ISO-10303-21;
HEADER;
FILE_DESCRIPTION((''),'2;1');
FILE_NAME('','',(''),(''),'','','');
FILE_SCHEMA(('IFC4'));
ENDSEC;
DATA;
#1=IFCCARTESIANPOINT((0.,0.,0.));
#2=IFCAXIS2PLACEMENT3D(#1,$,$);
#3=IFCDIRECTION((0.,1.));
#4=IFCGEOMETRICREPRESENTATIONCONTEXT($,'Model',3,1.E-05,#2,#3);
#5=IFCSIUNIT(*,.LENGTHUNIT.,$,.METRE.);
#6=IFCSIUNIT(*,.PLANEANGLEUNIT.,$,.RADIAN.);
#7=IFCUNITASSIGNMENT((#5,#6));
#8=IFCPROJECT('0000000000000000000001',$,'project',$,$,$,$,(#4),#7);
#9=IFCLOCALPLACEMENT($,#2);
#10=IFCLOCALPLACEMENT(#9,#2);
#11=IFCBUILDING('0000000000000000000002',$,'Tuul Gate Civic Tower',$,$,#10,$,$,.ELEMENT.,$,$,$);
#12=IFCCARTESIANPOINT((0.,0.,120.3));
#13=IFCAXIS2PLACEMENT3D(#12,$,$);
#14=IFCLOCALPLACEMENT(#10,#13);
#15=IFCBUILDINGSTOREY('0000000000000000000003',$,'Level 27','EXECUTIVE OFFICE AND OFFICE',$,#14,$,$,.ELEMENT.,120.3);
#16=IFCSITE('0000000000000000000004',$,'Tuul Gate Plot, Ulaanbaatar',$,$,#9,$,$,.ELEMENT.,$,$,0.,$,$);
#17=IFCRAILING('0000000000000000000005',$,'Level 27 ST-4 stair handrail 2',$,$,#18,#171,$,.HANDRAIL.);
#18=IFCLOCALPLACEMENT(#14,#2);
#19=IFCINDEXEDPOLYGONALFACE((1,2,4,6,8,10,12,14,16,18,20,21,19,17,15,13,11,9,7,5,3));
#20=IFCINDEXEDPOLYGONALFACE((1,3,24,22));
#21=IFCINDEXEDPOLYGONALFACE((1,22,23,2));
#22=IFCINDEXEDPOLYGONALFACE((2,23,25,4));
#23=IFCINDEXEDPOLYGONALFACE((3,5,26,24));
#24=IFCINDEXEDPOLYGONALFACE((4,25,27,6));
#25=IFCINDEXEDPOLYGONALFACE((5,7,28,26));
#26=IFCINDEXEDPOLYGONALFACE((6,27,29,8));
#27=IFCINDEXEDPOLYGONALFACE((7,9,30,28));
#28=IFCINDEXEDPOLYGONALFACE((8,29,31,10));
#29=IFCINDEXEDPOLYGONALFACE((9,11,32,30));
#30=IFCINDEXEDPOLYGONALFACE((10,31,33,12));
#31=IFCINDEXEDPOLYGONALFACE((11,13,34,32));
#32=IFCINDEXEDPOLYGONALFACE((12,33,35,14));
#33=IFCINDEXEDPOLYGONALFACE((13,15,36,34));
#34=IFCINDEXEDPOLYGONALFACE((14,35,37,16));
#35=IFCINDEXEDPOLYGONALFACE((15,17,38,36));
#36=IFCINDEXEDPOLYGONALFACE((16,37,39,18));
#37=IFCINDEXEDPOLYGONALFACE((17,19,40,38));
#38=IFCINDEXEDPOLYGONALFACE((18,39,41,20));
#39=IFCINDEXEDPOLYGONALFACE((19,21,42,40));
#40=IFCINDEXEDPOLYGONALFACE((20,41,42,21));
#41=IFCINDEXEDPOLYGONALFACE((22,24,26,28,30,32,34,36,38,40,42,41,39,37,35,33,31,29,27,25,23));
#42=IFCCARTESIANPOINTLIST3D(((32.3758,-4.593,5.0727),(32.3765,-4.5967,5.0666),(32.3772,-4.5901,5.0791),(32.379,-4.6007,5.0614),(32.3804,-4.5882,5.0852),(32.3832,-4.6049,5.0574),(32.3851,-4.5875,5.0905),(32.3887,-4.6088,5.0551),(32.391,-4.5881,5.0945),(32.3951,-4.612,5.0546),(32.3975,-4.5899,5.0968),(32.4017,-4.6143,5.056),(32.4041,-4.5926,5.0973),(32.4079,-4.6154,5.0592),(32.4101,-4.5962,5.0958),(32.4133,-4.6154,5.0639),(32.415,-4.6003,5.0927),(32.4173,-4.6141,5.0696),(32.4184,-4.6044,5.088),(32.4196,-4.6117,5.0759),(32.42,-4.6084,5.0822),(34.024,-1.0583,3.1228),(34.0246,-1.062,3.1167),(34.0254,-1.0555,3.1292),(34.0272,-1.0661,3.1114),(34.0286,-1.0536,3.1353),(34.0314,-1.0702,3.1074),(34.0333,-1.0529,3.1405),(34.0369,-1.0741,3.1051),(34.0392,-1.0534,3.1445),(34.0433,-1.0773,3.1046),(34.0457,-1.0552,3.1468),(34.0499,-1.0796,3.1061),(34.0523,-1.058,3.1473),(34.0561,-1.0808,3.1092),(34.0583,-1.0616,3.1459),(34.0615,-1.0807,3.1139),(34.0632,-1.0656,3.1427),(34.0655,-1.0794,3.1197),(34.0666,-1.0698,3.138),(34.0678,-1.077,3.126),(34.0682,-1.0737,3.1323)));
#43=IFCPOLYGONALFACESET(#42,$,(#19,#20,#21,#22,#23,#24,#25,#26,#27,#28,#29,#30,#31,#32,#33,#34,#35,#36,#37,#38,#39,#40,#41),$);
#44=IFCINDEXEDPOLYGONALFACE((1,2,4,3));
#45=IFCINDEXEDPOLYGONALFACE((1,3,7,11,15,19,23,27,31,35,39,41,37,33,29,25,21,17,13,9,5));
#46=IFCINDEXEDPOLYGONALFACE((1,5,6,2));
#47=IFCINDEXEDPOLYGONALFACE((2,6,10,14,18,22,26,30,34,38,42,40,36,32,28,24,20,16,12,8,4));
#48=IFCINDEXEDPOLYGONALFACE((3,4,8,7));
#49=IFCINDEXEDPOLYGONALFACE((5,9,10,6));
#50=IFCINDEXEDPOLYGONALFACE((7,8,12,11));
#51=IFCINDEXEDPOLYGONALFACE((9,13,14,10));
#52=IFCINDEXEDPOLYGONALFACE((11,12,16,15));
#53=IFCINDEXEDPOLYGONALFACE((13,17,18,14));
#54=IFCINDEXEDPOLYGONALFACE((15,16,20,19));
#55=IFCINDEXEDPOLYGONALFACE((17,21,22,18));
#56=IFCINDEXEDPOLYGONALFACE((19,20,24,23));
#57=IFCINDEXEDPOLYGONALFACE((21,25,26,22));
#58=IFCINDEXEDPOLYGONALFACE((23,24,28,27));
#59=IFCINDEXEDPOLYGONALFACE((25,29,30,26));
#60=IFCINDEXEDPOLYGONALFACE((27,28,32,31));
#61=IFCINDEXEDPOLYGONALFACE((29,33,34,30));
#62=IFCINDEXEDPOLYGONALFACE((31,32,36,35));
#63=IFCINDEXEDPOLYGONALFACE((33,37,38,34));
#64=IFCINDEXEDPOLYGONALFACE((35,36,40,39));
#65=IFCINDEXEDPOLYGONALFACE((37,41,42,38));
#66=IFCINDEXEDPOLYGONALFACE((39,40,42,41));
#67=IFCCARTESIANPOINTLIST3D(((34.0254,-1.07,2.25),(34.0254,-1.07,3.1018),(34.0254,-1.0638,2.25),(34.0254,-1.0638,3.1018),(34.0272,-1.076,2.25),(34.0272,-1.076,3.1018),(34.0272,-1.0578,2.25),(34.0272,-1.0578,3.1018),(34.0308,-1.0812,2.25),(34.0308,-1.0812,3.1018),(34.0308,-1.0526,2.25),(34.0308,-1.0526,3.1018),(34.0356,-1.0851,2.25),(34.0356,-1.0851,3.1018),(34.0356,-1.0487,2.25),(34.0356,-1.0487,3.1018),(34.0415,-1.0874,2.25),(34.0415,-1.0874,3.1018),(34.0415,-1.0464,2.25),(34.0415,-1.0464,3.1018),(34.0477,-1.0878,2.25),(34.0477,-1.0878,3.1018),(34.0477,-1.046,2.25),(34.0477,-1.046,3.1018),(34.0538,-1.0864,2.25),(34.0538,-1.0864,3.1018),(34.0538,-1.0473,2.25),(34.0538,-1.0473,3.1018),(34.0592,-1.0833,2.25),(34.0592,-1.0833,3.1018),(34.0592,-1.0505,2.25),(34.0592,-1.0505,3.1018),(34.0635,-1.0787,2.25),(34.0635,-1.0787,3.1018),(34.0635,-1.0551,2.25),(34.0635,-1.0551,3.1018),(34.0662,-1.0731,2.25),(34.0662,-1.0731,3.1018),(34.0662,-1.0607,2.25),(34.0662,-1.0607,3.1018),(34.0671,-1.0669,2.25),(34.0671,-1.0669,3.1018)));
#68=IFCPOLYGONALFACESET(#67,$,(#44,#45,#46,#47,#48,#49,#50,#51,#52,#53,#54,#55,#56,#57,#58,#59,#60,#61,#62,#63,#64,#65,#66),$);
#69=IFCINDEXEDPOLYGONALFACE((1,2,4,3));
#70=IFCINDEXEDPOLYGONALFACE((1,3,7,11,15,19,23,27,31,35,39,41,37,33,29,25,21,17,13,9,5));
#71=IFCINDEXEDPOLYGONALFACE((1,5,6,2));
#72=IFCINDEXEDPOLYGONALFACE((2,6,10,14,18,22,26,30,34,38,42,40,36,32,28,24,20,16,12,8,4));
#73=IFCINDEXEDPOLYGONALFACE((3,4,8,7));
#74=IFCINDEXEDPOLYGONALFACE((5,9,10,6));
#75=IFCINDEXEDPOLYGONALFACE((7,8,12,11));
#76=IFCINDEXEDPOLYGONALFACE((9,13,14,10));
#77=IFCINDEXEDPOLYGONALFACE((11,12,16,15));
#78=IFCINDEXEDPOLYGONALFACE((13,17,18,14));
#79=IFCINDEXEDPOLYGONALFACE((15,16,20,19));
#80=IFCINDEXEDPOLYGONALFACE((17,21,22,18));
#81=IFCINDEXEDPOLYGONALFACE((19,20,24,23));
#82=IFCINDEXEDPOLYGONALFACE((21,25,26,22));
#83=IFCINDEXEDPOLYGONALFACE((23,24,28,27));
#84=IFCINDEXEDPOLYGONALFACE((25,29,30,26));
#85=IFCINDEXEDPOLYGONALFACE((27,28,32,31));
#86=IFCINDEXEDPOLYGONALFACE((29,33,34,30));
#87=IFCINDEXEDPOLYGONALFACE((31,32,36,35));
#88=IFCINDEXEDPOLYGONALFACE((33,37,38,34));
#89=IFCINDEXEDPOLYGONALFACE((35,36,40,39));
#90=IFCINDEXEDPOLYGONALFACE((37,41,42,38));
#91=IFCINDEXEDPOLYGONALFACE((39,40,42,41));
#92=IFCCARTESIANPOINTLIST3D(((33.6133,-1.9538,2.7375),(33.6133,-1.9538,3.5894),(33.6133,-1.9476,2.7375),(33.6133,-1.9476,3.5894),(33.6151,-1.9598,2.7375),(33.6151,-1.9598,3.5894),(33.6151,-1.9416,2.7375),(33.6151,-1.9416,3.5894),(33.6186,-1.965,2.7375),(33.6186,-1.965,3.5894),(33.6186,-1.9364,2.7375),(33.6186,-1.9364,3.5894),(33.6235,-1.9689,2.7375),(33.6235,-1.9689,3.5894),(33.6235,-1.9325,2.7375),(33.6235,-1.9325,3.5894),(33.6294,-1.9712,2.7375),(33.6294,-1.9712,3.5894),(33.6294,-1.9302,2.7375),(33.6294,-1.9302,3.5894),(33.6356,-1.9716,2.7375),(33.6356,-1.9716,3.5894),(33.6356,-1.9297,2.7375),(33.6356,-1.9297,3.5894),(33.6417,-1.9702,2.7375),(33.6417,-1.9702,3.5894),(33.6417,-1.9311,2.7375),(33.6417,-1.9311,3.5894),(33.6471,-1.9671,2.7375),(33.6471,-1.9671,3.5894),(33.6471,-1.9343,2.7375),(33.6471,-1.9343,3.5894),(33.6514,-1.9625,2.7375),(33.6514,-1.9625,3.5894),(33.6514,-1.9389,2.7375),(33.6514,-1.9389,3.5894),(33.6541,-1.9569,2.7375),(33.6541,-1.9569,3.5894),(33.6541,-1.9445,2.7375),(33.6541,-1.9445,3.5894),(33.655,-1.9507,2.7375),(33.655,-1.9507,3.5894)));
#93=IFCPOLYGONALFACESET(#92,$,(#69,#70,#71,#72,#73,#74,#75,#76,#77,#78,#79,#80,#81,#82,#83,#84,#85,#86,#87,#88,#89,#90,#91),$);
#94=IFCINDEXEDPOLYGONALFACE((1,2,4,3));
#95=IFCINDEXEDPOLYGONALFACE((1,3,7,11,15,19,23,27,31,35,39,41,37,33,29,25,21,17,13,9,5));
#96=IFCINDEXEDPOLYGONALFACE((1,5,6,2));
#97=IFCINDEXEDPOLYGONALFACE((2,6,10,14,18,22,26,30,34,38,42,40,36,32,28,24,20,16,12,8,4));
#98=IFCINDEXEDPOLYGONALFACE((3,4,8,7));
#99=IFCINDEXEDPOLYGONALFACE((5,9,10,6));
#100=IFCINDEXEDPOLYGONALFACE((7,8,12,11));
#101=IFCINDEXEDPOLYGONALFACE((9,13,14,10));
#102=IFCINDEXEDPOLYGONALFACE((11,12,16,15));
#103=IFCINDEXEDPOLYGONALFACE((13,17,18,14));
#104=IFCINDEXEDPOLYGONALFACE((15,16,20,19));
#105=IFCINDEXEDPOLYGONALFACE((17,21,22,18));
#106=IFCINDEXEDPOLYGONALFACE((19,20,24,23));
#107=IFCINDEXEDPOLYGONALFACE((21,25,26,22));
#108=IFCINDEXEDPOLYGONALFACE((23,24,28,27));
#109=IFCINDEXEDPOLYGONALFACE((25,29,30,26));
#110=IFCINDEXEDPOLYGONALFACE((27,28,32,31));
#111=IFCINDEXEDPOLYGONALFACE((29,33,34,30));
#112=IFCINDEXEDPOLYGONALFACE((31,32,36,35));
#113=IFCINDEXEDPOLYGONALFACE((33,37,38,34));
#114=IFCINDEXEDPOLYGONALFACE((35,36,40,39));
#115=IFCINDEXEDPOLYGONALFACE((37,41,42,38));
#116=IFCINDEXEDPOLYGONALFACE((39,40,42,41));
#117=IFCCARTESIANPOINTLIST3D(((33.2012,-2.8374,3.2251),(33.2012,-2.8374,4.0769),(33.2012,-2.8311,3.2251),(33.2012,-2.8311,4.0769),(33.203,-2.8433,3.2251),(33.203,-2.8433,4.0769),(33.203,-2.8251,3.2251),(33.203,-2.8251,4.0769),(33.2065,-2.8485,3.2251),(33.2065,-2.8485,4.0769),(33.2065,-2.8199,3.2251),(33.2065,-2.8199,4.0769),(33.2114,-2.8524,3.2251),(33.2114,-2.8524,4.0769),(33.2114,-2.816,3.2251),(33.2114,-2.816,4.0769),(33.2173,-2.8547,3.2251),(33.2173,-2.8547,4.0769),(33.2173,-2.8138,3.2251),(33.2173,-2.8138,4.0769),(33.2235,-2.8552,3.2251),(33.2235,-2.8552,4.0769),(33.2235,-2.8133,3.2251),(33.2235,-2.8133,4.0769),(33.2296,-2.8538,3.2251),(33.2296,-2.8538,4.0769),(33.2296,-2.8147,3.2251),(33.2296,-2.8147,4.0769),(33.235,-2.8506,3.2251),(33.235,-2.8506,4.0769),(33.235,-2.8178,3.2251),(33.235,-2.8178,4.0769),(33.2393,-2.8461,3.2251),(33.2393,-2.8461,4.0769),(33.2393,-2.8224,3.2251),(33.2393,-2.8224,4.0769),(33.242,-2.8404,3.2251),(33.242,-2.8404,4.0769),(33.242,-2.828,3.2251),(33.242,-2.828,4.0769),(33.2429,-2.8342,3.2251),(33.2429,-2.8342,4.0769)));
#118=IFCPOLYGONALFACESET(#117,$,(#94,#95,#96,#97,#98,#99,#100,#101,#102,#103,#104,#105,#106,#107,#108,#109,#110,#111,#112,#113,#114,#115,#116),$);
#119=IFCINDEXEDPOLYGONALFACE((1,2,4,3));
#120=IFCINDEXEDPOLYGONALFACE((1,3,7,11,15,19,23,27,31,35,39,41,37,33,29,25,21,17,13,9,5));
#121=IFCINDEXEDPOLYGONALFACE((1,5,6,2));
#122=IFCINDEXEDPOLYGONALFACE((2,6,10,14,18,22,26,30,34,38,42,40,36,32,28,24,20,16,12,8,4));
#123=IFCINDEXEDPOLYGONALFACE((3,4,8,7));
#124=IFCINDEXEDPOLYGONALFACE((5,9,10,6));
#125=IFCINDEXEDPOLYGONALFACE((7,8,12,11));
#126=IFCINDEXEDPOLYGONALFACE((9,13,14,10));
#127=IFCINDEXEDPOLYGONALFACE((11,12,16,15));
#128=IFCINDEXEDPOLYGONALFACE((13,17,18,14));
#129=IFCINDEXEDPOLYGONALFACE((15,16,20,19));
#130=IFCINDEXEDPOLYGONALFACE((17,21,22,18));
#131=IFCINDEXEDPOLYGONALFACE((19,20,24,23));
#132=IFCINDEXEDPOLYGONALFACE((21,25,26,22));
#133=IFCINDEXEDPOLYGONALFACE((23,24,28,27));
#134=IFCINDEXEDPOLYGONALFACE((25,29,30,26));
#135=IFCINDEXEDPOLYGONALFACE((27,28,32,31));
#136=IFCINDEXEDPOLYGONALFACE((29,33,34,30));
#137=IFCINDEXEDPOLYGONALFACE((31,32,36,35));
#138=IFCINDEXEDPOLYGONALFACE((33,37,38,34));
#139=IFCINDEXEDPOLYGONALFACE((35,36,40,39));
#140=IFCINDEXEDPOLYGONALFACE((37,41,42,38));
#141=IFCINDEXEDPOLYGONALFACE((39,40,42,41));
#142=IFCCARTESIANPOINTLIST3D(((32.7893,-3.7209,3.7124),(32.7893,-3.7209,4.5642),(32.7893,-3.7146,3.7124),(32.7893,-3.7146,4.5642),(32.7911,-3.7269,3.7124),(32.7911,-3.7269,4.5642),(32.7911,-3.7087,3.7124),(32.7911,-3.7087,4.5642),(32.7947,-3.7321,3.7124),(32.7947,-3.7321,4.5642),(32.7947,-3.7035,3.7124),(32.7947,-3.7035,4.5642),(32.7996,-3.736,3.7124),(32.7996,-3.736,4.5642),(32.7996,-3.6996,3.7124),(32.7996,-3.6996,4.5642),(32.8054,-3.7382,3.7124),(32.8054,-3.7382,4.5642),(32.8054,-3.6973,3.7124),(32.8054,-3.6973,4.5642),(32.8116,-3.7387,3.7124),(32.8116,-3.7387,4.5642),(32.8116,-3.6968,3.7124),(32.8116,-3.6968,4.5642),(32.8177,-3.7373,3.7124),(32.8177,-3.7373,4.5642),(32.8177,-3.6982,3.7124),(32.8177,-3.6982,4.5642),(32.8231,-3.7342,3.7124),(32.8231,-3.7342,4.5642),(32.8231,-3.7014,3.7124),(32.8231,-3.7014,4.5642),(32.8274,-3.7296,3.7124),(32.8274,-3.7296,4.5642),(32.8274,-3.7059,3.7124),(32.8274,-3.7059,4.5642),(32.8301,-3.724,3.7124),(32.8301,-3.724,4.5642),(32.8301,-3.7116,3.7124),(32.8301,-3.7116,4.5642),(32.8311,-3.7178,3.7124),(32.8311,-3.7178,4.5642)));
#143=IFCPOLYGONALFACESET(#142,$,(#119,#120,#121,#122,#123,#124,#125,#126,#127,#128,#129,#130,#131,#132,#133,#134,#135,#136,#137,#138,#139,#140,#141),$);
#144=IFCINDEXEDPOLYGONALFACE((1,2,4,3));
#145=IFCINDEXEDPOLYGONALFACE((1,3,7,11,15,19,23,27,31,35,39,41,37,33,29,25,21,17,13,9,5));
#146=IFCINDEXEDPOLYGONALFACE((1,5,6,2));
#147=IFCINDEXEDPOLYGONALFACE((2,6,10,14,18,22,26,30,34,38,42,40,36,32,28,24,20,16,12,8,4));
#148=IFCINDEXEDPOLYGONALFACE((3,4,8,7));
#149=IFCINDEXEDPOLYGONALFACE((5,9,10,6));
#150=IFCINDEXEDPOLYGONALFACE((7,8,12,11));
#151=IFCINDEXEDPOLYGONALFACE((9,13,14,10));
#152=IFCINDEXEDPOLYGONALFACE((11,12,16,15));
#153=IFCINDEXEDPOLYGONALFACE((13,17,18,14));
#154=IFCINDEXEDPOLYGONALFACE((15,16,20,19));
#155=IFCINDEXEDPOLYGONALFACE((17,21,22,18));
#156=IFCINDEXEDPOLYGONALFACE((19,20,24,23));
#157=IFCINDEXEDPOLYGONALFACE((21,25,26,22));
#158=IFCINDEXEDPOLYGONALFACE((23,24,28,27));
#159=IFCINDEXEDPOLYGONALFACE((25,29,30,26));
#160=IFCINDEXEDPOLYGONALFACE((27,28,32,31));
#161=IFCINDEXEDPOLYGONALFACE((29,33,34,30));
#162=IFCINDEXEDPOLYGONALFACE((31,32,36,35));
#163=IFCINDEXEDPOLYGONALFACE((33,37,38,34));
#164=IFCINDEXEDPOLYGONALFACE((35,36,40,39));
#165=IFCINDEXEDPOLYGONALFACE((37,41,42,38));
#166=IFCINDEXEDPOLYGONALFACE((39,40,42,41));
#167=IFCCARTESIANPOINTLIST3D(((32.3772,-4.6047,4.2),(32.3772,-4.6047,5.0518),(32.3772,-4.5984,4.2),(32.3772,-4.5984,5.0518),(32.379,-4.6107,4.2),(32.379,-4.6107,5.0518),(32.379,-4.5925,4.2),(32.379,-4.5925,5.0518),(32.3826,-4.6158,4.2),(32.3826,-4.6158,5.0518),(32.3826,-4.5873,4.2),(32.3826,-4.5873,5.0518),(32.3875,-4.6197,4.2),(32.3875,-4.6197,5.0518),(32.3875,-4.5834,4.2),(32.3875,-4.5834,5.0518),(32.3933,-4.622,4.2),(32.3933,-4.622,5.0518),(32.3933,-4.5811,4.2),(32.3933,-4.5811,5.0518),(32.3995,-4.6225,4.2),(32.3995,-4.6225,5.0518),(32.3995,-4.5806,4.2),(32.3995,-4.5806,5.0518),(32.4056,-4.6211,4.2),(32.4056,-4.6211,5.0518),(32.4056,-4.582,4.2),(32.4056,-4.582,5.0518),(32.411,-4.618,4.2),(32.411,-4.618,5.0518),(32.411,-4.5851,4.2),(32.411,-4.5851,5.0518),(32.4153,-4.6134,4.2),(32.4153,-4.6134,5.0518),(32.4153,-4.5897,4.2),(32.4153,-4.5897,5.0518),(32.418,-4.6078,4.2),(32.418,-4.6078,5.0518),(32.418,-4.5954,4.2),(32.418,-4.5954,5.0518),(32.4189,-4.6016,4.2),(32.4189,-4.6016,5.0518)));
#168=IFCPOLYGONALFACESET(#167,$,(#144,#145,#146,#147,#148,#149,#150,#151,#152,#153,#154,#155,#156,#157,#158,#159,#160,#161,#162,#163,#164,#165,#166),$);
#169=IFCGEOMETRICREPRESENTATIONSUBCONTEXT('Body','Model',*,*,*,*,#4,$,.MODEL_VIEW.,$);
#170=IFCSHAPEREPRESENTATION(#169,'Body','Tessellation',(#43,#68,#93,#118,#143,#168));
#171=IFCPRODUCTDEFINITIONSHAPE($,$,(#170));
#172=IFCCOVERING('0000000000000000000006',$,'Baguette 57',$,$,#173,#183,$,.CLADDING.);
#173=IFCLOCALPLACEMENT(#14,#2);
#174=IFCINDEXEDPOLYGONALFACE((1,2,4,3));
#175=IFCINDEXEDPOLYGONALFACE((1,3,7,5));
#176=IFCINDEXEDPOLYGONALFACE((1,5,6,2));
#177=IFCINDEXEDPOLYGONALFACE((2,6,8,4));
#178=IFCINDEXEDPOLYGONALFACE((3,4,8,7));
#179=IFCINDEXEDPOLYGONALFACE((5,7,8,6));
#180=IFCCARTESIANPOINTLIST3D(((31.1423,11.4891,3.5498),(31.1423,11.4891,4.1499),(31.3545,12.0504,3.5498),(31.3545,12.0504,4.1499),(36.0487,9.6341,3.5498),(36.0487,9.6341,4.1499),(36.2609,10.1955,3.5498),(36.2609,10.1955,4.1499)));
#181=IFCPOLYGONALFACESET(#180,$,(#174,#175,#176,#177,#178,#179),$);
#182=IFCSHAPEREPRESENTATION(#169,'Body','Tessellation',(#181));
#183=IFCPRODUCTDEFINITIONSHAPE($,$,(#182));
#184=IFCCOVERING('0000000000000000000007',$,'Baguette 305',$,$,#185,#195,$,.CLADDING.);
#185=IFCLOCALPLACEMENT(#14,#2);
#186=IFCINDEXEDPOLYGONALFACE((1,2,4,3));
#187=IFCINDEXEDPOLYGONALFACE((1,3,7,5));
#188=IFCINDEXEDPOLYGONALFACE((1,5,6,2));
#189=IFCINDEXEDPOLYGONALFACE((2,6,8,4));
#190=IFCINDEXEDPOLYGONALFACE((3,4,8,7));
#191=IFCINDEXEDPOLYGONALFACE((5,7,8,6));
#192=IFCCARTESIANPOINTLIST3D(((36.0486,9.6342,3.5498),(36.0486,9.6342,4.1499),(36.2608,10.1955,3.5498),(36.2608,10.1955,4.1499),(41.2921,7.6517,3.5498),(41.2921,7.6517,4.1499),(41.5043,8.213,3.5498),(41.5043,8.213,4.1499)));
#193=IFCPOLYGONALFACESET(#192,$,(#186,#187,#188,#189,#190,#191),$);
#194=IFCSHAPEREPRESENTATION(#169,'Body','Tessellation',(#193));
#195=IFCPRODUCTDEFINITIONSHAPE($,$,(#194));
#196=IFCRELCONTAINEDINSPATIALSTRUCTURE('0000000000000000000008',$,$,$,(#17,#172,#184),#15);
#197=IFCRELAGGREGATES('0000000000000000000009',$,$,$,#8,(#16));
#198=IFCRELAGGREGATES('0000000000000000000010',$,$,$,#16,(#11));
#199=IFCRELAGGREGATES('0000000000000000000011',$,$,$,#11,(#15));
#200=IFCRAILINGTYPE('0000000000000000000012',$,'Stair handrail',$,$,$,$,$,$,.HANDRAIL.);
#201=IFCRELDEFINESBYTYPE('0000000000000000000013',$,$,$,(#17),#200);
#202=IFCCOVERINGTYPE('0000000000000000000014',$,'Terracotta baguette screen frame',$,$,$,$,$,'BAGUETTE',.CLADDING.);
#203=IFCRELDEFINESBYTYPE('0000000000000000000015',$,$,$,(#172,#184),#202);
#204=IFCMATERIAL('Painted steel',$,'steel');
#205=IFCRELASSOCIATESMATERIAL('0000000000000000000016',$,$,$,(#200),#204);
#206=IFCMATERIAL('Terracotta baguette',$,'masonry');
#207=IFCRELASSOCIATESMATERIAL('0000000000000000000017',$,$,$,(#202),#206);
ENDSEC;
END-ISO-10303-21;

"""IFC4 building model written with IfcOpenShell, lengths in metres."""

from ifc_helpers import new_model, si_unit, direction, frame, origin, origin_2d, place, context, subcontext, project, spatial, rectangle, circle, extrude, material, material_profile, profile_set, type_object, element, save


model = new_model("IFC4")

# Units and contexts
model_context = context("Model", 3, precision=1e-05, world=origin(), true_north=direction((0.0, 1.0)))
body_context = subcontext(model_context, "Body", "Model", "MODEL_VIEW")
ifc_project = project(units=[si_unit("LENGTHUNIT", "METRE"), si_unit("PLANEANGLEUNIT", "RADIAN")], contexts=[model_context])

# Site, building, storey
site_placement = place(None, origin())
site = spatial("IfcSite", under=ifc_project, at=site_placement, Name="Tuul Gate Plot, Ulaanbaatar", CompositionType="ELEMENT", RefElevation=0.0)
building_placement = place(site_placement, origin())
building = spatial("IfcBuilding", under=site, at=building_placement, Name="Tuul Gate Civic Tower", CompositionType="ELEMENT")
storey_placement = place(building_placement, frame((0.0, 0.0, 120.3)))
storey = spatial("IfcBuildingStorey", under=building, at=storey_placement, Name="Level 27", Description="EXECUTIVE OFFICE AND OFFICE", CompositionType="ELEMENT", Elevation=120.3)

# Railing
ifc_material_1 = material(Name="Painted steel", Category="steel")
railing_type = type_object("IfcRailingType", Name="Stair handrail", PredefinedType="HANDRAIL", material=ifc_material_1)
railing_placement = place(storey_placement, frame((34.0461, -1.0669, 2.25)))
element("IfcRailing", 1, at=railing_placement, inside=storey, type_object=railing_type, Name="Level 27 ST-4 stair handrail 2", PredefinedType="HANDRAIL", context=body_context, shape_type="SweptSolid", body=[
    extrude(circle(Radius=0.0239, at=origin_2d()), frame((0.0, 0.0, 0.876), z_axis=(-0.377995, -0.810637, 0.4472), x_axis=(0.906313, -0.422608, 0.0)), (0.0, 0.0, 1.0), 4.3604),
    extrude(circle(Radius=0.021, at=origin_2d()), origin(), (0.0, 0.0, 1.0), 0.8518),
    extrude(circle(Radius=0.021, at=origin_2d()), frame((-0.4121, -0.8838, 0.4875)), (0.0, 0.0, 1.0), 0.8518),
    extrude(circle(Radius=0.021, at=origin_2d()), frame((-0.8242, -1.7673, 0.9751)), (0.0, 0.0, 1.0), 0.8518),
    extrude(circle(Radius=0.021, at=origin_2d()), frame((-1.2361, -2.6509, 1.4624)), (0.0, 0.0, 1.0), 0.8518),
    extrude(circle(Radius=0.021, at=origin_2d()), frame((-1.6482, -3.5347, 1.95)), (0.0, 0.0, 1.0), 0.8518),
])

# Coverings
ifc_material_2 = material(Name="Terracotta baguette", Category="masonry")
ifc_material_profile_1 = material_profile(ifc_material_2, rectangle(XDim=0.6001, YDim=0.6001, at=origin_2d()), Name="Terracotta baguette screen frame")
ifc_profile_set_1 = profile_set([ifc_material_profile_1], Name="Terracotta baguette")
covering_type = type_object("IfcCoveringType", Name="Terracotta baguette screen frame", ElementType="BAGUETTE", PredefinedType="CLADDING", material=ifc_profile_set_1)
covering_1_placement = place(storey_placement, frame((36.1548, 9.9148, 3.8499), z_axis=(-0.935383, 0.353637, 0.0), x_axis=(-0.353637, -0.935383, 0.0)))
element("IfcCovering", 2, at=covering_1_placement, inside=storey, type_object=covering_type, Name="Baguette 57", PredefinedType="CLADDING", context=body_context, shape_type="SweptSolid", body=[
    extrude(rectangle(XDim=0.6001, YDim=0.6001, at=origin_2d()), origin(), (0.0, 0.0, 1.0), 5.2454),
])
covering_2_placement = place(storey_placement, frame((41.3982, 7.9324, 3.8499), z_axis=(-0.935379, 0.353647, 0.0), x_axis=(-0.353647, -0.935379, 0.0)))
element("IfcCovering", 3, at=covering_2_placement, inside=storey, type_object=covering_type, Name="Baguette 305", PredefinedType="CLADDING", context=body_context, shape_type="SweptSolid", body=[
    extrude(rectangle(XDim=0.6001, YDim=0.6001, at=origin_2d()), origin(), (0.0, 0.0, 1.0), 5.6057),
])

save(model, "model.ifc")
